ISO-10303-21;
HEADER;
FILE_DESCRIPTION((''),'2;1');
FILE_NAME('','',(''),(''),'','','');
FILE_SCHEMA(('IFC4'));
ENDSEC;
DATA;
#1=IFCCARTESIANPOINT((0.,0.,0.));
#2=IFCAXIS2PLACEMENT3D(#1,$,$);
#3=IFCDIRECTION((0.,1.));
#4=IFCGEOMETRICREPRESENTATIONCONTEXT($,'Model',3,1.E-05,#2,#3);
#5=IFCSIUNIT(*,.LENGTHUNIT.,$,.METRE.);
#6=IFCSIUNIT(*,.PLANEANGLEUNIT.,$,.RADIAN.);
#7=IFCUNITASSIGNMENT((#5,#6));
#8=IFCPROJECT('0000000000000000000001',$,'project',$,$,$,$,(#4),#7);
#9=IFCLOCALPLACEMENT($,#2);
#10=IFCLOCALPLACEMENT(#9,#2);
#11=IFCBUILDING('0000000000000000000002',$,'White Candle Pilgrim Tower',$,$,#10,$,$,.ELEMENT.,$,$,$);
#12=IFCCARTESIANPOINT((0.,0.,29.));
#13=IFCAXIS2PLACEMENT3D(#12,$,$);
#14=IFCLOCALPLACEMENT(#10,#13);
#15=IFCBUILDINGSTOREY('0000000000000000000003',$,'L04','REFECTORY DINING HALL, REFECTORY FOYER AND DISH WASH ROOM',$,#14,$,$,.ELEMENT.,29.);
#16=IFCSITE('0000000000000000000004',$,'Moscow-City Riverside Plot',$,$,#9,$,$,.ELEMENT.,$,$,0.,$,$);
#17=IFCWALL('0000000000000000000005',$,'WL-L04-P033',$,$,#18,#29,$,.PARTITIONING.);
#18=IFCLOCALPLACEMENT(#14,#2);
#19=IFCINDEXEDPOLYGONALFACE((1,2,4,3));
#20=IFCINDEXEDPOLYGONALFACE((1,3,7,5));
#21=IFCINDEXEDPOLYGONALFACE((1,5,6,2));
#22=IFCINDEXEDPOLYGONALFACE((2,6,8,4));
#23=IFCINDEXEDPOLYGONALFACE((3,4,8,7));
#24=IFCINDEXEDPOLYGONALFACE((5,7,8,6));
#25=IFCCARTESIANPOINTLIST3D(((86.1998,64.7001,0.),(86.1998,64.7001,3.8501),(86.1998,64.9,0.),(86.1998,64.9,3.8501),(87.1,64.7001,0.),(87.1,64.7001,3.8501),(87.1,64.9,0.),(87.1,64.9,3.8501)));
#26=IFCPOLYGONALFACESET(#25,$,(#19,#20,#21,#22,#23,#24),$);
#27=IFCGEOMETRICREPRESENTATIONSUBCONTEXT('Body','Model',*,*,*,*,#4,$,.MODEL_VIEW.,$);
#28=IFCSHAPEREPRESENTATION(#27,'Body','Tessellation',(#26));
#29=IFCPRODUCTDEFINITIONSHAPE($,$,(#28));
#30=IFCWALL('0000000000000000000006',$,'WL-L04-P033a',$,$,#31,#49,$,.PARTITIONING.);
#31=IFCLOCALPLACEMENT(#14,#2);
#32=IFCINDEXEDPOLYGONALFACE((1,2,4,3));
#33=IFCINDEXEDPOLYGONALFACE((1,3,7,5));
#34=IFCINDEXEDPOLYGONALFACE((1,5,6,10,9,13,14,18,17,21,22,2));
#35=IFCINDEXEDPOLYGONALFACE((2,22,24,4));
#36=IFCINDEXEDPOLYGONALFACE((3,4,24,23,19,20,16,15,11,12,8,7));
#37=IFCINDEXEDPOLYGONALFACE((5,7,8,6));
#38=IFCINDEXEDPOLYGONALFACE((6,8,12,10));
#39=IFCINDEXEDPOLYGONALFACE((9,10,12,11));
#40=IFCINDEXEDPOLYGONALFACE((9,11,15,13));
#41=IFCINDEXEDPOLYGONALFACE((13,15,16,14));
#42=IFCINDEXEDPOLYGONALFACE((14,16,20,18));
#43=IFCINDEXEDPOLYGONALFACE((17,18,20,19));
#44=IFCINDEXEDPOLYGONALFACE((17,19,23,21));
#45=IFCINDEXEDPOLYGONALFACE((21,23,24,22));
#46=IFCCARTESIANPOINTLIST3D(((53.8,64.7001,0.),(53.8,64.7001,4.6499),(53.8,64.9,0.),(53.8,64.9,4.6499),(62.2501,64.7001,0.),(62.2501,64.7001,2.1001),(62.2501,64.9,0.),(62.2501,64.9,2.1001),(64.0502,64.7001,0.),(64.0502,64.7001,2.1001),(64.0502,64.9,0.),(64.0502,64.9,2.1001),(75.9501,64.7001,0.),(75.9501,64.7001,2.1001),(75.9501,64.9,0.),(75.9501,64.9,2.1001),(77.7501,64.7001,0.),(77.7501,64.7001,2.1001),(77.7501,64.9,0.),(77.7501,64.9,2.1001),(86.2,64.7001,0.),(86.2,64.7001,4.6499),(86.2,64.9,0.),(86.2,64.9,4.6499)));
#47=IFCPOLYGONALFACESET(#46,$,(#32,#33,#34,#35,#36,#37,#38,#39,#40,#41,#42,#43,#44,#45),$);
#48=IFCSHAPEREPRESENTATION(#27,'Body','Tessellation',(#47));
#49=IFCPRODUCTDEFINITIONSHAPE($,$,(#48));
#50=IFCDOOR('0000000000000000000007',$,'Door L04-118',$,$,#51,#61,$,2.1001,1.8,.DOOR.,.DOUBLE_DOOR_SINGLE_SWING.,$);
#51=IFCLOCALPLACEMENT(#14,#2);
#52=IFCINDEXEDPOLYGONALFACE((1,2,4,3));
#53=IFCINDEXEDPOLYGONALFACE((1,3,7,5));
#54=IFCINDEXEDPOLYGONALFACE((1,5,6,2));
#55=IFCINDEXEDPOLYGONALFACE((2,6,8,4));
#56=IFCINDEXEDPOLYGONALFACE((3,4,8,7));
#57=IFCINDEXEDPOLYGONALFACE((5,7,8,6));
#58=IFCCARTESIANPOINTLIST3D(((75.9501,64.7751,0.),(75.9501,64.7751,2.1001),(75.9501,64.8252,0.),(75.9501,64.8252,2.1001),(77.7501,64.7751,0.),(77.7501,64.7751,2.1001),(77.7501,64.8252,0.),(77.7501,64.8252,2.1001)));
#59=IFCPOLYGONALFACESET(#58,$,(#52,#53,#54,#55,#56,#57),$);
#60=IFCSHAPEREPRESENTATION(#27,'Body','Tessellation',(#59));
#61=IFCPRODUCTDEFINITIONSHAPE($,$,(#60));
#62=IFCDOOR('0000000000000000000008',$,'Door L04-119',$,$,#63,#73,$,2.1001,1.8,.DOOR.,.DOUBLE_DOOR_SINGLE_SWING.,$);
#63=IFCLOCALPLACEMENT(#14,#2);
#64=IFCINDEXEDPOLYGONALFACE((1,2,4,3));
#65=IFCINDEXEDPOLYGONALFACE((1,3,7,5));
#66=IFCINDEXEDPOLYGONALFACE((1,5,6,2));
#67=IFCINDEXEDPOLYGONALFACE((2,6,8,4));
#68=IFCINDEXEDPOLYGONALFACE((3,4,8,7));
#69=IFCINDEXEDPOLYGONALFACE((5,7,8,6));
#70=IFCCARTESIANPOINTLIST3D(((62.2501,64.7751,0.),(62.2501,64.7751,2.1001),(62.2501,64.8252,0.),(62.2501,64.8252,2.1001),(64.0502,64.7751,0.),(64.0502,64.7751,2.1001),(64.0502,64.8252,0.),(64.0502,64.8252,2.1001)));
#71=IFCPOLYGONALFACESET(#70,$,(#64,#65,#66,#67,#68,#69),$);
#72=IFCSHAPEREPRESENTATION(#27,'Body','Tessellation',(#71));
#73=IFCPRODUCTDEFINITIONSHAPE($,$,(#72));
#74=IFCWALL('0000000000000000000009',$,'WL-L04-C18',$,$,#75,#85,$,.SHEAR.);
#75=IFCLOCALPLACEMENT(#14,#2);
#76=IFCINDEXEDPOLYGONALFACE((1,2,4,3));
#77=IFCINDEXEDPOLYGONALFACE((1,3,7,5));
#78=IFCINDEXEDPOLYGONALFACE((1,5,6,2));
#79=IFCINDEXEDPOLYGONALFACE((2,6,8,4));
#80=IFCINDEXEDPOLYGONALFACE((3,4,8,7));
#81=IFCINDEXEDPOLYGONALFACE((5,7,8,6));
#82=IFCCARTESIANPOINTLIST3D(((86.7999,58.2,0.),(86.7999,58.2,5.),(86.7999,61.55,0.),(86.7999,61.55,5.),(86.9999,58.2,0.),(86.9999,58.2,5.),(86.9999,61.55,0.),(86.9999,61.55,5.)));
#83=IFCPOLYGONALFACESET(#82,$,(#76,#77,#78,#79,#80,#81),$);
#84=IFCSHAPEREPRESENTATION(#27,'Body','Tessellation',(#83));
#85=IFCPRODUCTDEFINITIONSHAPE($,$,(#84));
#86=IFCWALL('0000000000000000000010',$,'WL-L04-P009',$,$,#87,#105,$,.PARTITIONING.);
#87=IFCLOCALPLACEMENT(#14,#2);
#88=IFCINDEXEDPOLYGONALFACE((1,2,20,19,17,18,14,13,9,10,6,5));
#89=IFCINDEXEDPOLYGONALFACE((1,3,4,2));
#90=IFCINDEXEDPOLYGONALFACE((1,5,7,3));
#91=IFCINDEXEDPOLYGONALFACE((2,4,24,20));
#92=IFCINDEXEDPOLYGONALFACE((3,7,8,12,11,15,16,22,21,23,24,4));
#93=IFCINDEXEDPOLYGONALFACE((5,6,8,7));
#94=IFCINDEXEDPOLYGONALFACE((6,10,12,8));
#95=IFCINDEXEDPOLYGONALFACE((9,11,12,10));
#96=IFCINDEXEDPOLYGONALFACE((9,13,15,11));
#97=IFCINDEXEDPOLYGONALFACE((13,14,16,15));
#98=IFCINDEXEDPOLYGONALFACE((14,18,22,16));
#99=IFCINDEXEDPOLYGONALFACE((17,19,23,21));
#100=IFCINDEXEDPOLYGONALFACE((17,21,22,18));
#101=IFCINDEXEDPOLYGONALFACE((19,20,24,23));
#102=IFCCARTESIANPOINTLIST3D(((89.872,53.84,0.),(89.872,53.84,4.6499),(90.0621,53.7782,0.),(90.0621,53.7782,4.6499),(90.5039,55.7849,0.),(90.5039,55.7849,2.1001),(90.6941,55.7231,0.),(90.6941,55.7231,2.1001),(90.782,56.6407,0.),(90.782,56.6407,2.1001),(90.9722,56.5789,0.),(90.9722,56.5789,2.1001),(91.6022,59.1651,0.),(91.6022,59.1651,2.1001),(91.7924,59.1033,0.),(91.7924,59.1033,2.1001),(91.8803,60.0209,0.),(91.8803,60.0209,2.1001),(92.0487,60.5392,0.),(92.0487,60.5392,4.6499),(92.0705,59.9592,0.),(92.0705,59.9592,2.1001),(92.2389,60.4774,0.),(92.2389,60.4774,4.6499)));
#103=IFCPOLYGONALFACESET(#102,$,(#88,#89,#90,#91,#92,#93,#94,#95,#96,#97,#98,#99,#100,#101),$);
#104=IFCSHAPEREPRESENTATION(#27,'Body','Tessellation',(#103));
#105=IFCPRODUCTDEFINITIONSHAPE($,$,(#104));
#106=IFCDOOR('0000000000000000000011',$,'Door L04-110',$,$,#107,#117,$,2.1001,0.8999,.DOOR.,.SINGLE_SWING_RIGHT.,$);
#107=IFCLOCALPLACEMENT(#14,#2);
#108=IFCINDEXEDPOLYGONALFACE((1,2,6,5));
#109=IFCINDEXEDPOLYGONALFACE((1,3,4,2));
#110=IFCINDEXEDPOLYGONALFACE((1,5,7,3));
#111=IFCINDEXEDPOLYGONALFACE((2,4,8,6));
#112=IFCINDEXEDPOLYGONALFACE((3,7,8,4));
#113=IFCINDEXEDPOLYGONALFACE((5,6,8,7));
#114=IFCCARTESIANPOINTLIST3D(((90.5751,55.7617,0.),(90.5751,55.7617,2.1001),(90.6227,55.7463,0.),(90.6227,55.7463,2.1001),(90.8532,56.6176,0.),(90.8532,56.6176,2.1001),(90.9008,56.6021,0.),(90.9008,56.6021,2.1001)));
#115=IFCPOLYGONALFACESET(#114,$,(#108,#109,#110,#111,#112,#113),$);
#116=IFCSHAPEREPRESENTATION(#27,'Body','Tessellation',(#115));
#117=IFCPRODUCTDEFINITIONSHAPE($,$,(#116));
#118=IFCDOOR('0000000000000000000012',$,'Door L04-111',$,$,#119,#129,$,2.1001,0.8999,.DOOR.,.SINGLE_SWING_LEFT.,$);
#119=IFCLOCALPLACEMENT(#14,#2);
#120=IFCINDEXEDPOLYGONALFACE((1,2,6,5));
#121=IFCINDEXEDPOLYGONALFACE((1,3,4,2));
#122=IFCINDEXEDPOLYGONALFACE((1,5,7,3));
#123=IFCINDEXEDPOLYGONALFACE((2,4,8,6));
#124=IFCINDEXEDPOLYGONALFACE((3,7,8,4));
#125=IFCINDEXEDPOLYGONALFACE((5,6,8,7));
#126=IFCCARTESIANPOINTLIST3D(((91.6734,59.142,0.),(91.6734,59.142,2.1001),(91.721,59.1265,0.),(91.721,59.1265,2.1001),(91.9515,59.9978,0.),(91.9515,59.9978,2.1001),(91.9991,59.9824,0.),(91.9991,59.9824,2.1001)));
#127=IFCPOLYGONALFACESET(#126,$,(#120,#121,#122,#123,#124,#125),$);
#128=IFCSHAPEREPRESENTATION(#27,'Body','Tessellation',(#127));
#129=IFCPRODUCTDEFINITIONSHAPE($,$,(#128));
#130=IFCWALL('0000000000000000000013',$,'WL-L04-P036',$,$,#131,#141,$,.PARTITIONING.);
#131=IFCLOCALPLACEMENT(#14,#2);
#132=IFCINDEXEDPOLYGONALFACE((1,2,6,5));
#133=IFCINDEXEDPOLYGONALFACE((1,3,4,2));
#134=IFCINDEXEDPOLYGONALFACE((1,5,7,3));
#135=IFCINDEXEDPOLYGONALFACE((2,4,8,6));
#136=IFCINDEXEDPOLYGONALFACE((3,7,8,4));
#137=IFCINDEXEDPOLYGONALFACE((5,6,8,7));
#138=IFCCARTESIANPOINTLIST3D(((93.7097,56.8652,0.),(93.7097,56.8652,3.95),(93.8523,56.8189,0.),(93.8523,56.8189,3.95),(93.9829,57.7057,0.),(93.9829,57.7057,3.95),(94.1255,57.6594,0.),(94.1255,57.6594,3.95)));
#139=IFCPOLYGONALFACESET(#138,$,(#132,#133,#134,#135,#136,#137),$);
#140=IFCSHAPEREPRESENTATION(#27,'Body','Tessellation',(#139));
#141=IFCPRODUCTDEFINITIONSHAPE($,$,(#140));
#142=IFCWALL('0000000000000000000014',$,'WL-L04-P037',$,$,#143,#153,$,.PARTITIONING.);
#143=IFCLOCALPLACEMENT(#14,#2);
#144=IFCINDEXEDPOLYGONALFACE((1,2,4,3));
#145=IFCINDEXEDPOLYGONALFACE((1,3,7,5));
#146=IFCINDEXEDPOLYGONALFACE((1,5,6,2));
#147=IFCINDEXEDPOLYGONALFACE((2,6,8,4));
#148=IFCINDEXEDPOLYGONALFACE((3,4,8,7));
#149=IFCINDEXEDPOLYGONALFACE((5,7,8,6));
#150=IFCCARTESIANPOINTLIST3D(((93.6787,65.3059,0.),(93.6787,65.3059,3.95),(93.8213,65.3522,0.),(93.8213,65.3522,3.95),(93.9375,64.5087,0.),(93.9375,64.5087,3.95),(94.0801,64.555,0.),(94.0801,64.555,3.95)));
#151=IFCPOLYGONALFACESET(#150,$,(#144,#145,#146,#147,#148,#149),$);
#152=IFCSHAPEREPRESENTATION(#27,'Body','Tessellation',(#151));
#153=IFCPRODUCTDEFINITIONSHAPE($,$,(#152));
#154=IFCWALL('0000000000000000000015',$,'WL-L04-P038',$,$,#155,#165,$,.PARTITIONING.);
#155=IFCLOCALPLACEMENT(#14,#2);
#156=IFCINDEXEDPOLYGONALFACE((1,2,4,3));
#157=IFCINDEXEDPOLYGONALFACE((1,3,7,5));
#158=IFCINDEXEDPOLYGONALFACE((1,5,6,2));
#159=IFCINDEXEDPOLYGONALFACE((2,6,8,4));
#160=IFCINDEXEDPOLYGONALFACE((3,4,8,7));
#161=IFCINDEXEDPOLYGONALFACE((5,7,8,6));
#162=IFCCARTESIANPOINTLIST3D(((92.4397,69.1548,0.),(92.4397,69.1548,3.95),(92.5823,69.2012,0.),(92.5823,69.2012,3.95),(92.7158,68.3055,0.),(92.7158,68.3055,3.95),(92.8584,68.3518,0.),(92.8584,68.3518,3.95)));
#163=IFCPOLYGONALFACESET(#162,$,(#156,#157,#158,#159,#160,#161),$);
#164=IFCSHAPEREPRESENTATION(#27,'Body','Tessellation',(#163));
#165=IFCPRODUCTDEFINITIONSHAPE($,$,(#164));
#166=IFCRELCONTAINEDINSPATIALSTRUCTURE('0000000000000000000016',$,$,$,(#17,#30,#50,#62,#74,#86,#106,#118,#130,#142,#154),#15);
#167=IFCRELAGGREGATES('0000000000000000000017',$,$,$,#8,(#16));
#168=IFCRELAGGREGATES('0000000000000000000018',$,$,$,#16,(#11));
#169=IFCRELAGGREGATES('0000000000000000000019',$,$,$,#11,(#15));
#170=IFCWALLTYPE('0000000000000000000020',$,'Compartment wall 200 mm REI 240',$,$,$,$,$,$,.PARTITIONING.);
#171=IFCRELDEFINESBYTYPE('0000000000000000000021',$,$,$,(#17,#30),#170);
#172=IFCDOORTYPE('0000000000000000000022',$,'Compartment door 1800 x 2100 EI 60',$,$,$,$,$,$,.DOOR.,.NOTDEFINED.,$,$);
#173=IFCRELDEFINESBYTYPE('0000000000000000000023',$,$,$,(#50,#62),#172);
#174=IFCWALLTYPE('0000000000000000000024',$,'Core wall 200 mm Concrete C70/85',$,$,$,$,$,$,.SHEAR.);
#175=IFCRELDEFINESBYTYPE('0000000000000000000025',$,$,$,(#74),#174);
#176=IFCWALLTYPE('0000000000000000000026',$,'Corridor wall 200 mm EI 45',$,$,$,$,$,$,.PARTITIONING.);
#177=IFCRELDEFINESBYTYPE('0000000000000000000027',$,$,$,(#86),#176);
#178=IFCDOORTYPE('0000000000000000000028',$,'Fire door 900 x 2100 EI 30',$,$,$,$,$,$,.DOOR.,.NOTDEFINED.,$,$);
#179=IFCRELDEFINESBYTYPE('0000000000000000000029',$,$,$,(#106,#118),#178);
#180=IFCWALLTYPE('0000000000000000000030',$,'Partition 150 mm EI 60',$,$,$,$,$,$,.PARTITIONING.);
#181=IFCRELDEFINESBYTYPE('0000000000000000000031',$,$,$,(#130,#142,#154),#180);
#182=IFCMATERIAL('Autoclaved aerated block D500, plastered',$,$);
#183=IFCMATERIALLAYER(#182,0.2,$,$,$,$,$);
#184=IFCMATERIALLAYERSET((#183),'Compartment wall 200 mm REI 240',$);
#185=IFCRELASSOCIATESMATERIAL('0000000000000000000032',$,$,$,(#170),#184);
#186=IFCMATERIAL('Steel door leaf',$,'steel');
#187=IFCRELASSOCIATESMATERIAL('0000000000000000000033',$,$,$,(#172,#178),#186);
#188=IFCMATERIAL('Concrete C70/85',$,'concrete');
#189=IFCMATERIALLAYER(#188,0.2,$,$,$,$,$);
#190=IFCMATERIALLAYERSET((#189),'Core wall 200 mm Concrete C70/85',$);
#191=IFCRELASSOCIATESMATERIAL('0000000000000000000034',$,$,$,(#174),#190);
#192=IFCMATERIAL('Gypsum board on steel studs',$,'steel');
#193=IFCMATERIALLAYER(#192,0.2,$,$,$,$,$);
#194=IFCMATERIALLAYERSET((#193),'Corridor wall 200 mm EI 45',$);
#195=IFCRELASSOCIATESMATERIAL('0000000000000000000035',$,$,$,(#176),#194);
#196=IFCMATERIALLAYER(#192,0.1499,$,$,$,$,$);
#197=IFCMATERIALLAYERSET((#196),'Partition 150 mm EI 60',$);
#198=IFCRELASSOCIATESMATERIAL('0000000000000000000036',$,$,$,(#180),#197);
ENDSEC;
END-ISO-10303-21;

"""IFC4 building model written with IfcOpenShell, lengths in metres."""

from ifc_helpers import new_model, si_unit, direction, frame, frame_2d, origin, place, context, subcontext, project, spatial, rectangle, extrude, material, layer, layer_set, type_object, element, fill, save


model = new_model("IFC4")

# Units and contexts
model_context = context("Model", 3, precision=1e-05, world=origin(), true_north=direction((0.0, 1.0)))
body_context = subcontext(model_context, "Body", "Model", "MODEL_VIEW")
ifc_project = project(units=[si_unit("LENGTHUNIT", "METRE"), si_unit("PLANEANGLEUNIT", "RADIAN")], contexts=[model_context])

# Site, building, storey
site_placement = place(None, origin())
site = spatial("IfcSite", under=ifc_project, at=site_placement, Name="Moscow-City Riverside Plot", CompositionType="ELEMENT", RefElevation=0.0)
building_placement = place(site_placement, origin())
building = spatial("IfcBuilding", under=site, at=building_placement, Name="White Candle Pilgrim Tower", CompositionType="ELEMENT")
storey_placement = place(building_placement, frame((0.0, 0.0, 29.0)))
storey = spatial("IfcBuildingStorey", under=building, at=storey_placement, Name="L04", Description="REFECTORY DINING HALL, REFECTORY FOYER AND DISH WASH ROOM", CompositionType="ELEMENT", Elevation=29.0)

# Wall
ifc_material_1 = material(Name="Autoclaved aerated block D500, plastered")
ifc_layer_1 = layer(ifc_material_1, 0.2)
ifc_layer_set_1 = layer_set([ifc_layer_1], Name="Compartment wall 200 mm REI 240")
wall_type_1 = type_object("IfcWallType", Name="Compartment wall 200 mm REI 240", PredefinedType="PARTITIONING", material=ifc_layer_set_1)
wall_1_placement = place(storey_placement, frame((87.1001, 64.8, 0.0), z_axis=(0.0, 0.0, 1.0), x_axis=(-1.0, 0.0, 0.0)))
element("IfcWall", 1, at=wall_1_placement, inside=storey, type_object=wall_type_1, Name="WL-L04-P033", PredefinedType="PARTITIONING", context=body_context, shape_type="SweptSolid", body=[
    extrude(rectangle(XDim=0.9001, YDim=0.2, at=frame_2d((0.4502, 0.0))), origin(), (0.0, 0.0, 1.0), 3.8501),
])

# Wall, openings, doors
wall_2_placement = place(storey_placement, frame((86.2, 64.8, 0.0), z_axis=(0.0, 0.0, 1.0), x_axis=(-1.0, 0.0, 0.0)))
wall_2 = element("IfcWall", 2, at=wall_2_placement, inside=storey, type_object=wall_type_1, Name="WL-L04-P033a", PredefinedType="PARTITIONING", context=body_context, shape_type="SweptSolid", body=[
    extrude(rectangle(XDim=32.3999, YDim=0.2, at=frame_2d((16.2, 0.0))), origin(), (0.0, 0.0, 1.0), 4.6499),
])
opening_1_placement = place(wall_2_placement, frame((8.45, 0.0, 0.0)))
opening_1 = element("IfcOpeningElement", 3, at=opening_1_placement, cuts=wall_2, PredefinedType="OPENING", context=body_context, shape_type="SweptSolid", body=[
    extrude(rectangle(XDim=1.8, YDim=2.1001, at=frame_2d((0.8999, 1.05))), frame((0.0, 0.1099, 0.0), z_axis=(0.0, -1.0, 0.0), x_axis=(1.0, 0.0, 0.0)), (0.0, 0.0, 1.0), 0.22),
])
opening_2_placement = place(wall_2_placement, frame((22.1499, 0.0, 0.0)))
opening_2 = element("IfcOpeningElement", 4, at=opening_2_placement, cuts=wall_2, PredefinedType="OPENING", context=body_context, shape_type="SweptSolid", body=[
    extrude(rectangle(XDim=1.8, YDim=2.1001, at=frame_2d((0.8999, 1.05))), frame((0.0, 0.1099, 0.0), z_axis=(0.0, -1.0, 0.0), x_axis=(1.0, 0.0, 0.0)), (0.0, 0.0, 1.0), 0.22),
])
ifc_material_2 = material(Name="Steel door leaf", Category="steel")
door_type_1 = type_object("IfcDoorType", Name="Compartment door 1800 x 2100 EI 60", OperationType="NOTDEFINED", PredefinedType="DOOR", material=ifc_material_2)
door_1_placement = place(opening_1_placement, origin())
door_1 = element("IfcDoor", 5, at=door_1_placement, inside=storey, type_object=door_type_1, Name="Door L04-118", OperationType="DOUBLE_DOOR_SINGLE_SWING", OverallHeight=2.1001, OverallWidth=1.8, PredefinedType="DOOR", context=body_context, shape_type="SweptSolid", body=[
    extrude(rectangle(XDim=1.8, YDim=2.1001, at=frame_2d((0.8999, 1.05))), frame((0.0, 0.0249, 0.0), z_axis=(0.0, -1.0, 0.0), x_axis=(1.0, 0.0, 0.0)), (0.0, 0.0, 1.0), 0.05),
])
fill(opening_1, door_1)
door_2_placement = place(opening_2_placement, origin())
door_2 = element("IfcDoor", 6, at=door_2_placement, inside=storey, type_object=door_type_1, Name="Door L04-119", OperationType="DOUBLE_DOOR_SINGLE_SWING", OverallHeight=2.1001, OverallWidth=1.8, PredefinedType="DOOR", context=body_context, shape_type="SweptSolid", body=[
    extrude(rectangle(XDim=1.8, YDim=2.1001, at=frame_2d((0.8999, 1.05))), frame((0.0, 0.0249, 0.0), z_axis=(0.0, -1.0, 0.0), x_axis=(1.0, 0.0, 0.0)), (0.0, 0.0, 1.0), 0.05),
])
fill(opening_2, door_2)

# Wall
ifc_material_3 = material(Name="Concrete C70/85", Category="concrete")
ifc_layer_2 = layer(ifc_material_3, 0.2)
ifc_layer_set_2 = layer_set([ifc_layer_2], Name="Core wall 200 mm Concrete C70/85")
wall_type_2 = type_object("IfcWallType", Name="Core wall 200 mm Concrete C70/85", PredefinedType="SHEAR", material=ifc_layer_set_2)
wall_3_placement = place(storey_placement, frame((86.8999, 58.2, 0.0), z_axis=(0.0, 0.0, 1.0), x_axis=(0.0, 1.0, 0.0)))
element("IfcWall", 7, at=wall_3_placement, inside=storey, type_object=wall_type_2, Name="WL-L04-C18", PredefinedType="SHEAR", context=body_context, shape_type="SweptSolid", body=[
    extrude(rectangle(XDim=3.3501, YDim=0.2, at=frame_2d((1.675, 0.0))), origin(), (0.0, 0.0, 1.0), 5.0),
])

# Wall, openings, doors
ifc_material_4 = material(Name="Gypsum board on steel studs", Category="steel")
ifc_layer_3 = layer(ifc_material_4, 0.2)
ifc_layer_set_3 = layer_set([ifc_layer_3], Name="Corridor wall 200 mm EI 45")
wall_type_3 = type_object("IfcWallType", Name="Corridor wall 200 mm EI 45", PredefinedType="PARTITIONING", material=ifc_layer_set_3)
wall_4_placement = place(storey_placement, frame((92.1438, 60.5083, 0.0), z_axis=(0.0, 0.0, 1.0), x_axis=(-0.309023, -0.951054, 0.0)))
wall_4 = element("IfcWall", 8, at=wall_4_placement, inside=storey, type_object=wall_type_3, Name="WL-L04-P009", PredefinedType="PARTITIONING", context=body_context, shape_type="SweptSolid", body=[
    extrude(rectangle(XDim=7.0439, YDim=0.2, at=frame_2d((3.522, 0.0))), origin(), (0.0, 0.0, 1.0), 4.6499),
])
opening_3_placement = place(wall_4_placement, frame((4.0991, 0.0, 0.0)))
opening_3 = element("IfcOpeningElement", 9, at=opening_3_placement, cuts=wall_4, PredefinedType="OPENING", context=body_context, shape_type="SweptSolid", body=[
    extrude(rectangle(XDim=0.8999, YDim=2.1001, at=frame_2d((0.45, 1.05))), frame((0.0, 0.1099, 0.0), z_axis=(0.0, -1.0, 0.0), x_axis=(1.0, 0.0, 0.0)), (0.0, 0.0, 1.0), 0.22),
])
opening_4_placement = place(wall_4_placement, frame((0.5449, 0.0, 0.0)))
opening_4 = element("IfcOpeningElement", 10, at=opening_4_placement, cuts=wall_4, PredefinedType="OPENING", context=body_context, shape_type="SweptSolid", body=[
    extrude(rectangle(XDim=0.8999, YDim=2.1001, at=frame_2d((0.45, 1.05))), frame((0.0, 0.1099, 0.0), z_axis=(0.0, -1.0, 0.0), x_axis=(1.0, 0.0, 0.0)), (0.0, 0.0, 1.0), 0.22),
])
door_type_2 = type_object("IfcDoorType", Name="Fire door 900 x 2100 EI 30", OperationType="NOTDEFINED", PredefinedType="DOOR", material=ifc_material_2)
door_3_placement = place(opening_3_placement, origin())
door_3 = element("IfcDoor", 11, at=door_3_placement, inside=storey, type_object=door_type_2, Name="Door L04-110", OperationType="SINGLE_SWING_RIGHT", OverallHeight=2.1001, OverallWidth=0.8999, PredefinedType="DOOR", context=body_context, shape_type="SweptSolid", body=[
    extrude(rectangle(XDim=0.8999, YDim=2.1001, at=frame_2d((0.45, 1.05))), frame((0.0, 0.0249, 0.0), z_axis=(0.0, -1.0, 0.0), x_axis=(1.0, 0.0, 0.0)), (0.0, 0.0, 1.0), 0.05),
])
fill(opening_3, door_3)
door_4_placement = place(opening_4_placement, origin())
door_4 = element("IfcDoor", 12, at=door_4_placement, inside=storey, type_object=door_type_2, Name="Door L04-111", OperationType="SINGLE_SWING_LEFT", OverallHeight=2.1001, OverallWidth=0.8999, PredefinedType="DOOR", context=body_context, shape_type="SweptSolid", body=[
    extrude(rectangle(XDim=0.8999, YDim=2.1001, at=frame_2d((0.45, 1.05))), frame((0.0, 0.0249, 0.0), z_axis=(0.0, -1.0, 0.0), x_axis=(1.0, 0.0, 0.0)), (0.0, 0.0, 1.0), 0.05),
])
fill(opening_4, door_4)

# Walls
ifc_layer_4 = layer(ifc_material_4, 0.1499)
ifc_layer_set_4 = layer_set([ifc_layer_4], Name="Partition 150 mm EI 60")
wall_type_4 = type_object("IfcWallType", Name="Partition 150 mm EI 60", PredefinedType="PARTITIONING", material=ifc_layer_set_4)
wall_5_placement = place(storey_placement, frame((93.781, 56.842, 0.0), z_axis=(0.0, 0.0, 1.0), x_axis=(0.309092, 0.951032, 0.0)))
element("IfcWall", 13, at=wall_5_placement, inside=storey, type_object=wall_type_4, Name="WL-L04-P036", PredefinedType="PARTITIONING", context=body_context, shape_type="SweptSolid", body=[
    extrude(rectangle(XDim=0.8838, YDim=0.1499, at=frame_2d((0.4419, 0.0))), origin(), (0.0, 0.0, 1.0), 3.95),
])
wall_6_placement = place(storey_placement, frame((94.0088, 64.532, 0.0), z_axis=(0.0, 0.0, 1.0), x_axis=(-0.30879, 0.95113, 0.0)))
element("IfcWall", 14, at=wall_6_placement, inside=storey, type_object=wall_type_4, Name="WL-L04-P037", PredefinedType="PARTITIONING", context=body_context, shape_type="SweptSolid", body=[
    extrude(rectangle(XDim=0.8381, YDim=0.1499, at=frame_2d((0.4189, 0.0))), origin(), (0.0, 0.0, 1.0), 3.95),
])
wall_7_placement = place(storey_placement, frame((92.511, 69.178, 0.0), z_axis=(0.0, 0.0, 1.0), x_axis=(0.309166, -0.951008, 0.0)))
element("IfcWall", 15, at=wall_7_placement, inside=storey, type_object=wall_type_4, Name="WL-L04-P038", PredefinedType="PARTITIONING", context=body_context, shape_type="SweptSolid", body=[
    extrude(rectangle(XDim=0.8931, YDim=0.1499, at=frame_2d((0.4465, 0.0))), origin(), (0.0, 0.0, 1.0), 3.95),
])

save(model, "model.ifc")
